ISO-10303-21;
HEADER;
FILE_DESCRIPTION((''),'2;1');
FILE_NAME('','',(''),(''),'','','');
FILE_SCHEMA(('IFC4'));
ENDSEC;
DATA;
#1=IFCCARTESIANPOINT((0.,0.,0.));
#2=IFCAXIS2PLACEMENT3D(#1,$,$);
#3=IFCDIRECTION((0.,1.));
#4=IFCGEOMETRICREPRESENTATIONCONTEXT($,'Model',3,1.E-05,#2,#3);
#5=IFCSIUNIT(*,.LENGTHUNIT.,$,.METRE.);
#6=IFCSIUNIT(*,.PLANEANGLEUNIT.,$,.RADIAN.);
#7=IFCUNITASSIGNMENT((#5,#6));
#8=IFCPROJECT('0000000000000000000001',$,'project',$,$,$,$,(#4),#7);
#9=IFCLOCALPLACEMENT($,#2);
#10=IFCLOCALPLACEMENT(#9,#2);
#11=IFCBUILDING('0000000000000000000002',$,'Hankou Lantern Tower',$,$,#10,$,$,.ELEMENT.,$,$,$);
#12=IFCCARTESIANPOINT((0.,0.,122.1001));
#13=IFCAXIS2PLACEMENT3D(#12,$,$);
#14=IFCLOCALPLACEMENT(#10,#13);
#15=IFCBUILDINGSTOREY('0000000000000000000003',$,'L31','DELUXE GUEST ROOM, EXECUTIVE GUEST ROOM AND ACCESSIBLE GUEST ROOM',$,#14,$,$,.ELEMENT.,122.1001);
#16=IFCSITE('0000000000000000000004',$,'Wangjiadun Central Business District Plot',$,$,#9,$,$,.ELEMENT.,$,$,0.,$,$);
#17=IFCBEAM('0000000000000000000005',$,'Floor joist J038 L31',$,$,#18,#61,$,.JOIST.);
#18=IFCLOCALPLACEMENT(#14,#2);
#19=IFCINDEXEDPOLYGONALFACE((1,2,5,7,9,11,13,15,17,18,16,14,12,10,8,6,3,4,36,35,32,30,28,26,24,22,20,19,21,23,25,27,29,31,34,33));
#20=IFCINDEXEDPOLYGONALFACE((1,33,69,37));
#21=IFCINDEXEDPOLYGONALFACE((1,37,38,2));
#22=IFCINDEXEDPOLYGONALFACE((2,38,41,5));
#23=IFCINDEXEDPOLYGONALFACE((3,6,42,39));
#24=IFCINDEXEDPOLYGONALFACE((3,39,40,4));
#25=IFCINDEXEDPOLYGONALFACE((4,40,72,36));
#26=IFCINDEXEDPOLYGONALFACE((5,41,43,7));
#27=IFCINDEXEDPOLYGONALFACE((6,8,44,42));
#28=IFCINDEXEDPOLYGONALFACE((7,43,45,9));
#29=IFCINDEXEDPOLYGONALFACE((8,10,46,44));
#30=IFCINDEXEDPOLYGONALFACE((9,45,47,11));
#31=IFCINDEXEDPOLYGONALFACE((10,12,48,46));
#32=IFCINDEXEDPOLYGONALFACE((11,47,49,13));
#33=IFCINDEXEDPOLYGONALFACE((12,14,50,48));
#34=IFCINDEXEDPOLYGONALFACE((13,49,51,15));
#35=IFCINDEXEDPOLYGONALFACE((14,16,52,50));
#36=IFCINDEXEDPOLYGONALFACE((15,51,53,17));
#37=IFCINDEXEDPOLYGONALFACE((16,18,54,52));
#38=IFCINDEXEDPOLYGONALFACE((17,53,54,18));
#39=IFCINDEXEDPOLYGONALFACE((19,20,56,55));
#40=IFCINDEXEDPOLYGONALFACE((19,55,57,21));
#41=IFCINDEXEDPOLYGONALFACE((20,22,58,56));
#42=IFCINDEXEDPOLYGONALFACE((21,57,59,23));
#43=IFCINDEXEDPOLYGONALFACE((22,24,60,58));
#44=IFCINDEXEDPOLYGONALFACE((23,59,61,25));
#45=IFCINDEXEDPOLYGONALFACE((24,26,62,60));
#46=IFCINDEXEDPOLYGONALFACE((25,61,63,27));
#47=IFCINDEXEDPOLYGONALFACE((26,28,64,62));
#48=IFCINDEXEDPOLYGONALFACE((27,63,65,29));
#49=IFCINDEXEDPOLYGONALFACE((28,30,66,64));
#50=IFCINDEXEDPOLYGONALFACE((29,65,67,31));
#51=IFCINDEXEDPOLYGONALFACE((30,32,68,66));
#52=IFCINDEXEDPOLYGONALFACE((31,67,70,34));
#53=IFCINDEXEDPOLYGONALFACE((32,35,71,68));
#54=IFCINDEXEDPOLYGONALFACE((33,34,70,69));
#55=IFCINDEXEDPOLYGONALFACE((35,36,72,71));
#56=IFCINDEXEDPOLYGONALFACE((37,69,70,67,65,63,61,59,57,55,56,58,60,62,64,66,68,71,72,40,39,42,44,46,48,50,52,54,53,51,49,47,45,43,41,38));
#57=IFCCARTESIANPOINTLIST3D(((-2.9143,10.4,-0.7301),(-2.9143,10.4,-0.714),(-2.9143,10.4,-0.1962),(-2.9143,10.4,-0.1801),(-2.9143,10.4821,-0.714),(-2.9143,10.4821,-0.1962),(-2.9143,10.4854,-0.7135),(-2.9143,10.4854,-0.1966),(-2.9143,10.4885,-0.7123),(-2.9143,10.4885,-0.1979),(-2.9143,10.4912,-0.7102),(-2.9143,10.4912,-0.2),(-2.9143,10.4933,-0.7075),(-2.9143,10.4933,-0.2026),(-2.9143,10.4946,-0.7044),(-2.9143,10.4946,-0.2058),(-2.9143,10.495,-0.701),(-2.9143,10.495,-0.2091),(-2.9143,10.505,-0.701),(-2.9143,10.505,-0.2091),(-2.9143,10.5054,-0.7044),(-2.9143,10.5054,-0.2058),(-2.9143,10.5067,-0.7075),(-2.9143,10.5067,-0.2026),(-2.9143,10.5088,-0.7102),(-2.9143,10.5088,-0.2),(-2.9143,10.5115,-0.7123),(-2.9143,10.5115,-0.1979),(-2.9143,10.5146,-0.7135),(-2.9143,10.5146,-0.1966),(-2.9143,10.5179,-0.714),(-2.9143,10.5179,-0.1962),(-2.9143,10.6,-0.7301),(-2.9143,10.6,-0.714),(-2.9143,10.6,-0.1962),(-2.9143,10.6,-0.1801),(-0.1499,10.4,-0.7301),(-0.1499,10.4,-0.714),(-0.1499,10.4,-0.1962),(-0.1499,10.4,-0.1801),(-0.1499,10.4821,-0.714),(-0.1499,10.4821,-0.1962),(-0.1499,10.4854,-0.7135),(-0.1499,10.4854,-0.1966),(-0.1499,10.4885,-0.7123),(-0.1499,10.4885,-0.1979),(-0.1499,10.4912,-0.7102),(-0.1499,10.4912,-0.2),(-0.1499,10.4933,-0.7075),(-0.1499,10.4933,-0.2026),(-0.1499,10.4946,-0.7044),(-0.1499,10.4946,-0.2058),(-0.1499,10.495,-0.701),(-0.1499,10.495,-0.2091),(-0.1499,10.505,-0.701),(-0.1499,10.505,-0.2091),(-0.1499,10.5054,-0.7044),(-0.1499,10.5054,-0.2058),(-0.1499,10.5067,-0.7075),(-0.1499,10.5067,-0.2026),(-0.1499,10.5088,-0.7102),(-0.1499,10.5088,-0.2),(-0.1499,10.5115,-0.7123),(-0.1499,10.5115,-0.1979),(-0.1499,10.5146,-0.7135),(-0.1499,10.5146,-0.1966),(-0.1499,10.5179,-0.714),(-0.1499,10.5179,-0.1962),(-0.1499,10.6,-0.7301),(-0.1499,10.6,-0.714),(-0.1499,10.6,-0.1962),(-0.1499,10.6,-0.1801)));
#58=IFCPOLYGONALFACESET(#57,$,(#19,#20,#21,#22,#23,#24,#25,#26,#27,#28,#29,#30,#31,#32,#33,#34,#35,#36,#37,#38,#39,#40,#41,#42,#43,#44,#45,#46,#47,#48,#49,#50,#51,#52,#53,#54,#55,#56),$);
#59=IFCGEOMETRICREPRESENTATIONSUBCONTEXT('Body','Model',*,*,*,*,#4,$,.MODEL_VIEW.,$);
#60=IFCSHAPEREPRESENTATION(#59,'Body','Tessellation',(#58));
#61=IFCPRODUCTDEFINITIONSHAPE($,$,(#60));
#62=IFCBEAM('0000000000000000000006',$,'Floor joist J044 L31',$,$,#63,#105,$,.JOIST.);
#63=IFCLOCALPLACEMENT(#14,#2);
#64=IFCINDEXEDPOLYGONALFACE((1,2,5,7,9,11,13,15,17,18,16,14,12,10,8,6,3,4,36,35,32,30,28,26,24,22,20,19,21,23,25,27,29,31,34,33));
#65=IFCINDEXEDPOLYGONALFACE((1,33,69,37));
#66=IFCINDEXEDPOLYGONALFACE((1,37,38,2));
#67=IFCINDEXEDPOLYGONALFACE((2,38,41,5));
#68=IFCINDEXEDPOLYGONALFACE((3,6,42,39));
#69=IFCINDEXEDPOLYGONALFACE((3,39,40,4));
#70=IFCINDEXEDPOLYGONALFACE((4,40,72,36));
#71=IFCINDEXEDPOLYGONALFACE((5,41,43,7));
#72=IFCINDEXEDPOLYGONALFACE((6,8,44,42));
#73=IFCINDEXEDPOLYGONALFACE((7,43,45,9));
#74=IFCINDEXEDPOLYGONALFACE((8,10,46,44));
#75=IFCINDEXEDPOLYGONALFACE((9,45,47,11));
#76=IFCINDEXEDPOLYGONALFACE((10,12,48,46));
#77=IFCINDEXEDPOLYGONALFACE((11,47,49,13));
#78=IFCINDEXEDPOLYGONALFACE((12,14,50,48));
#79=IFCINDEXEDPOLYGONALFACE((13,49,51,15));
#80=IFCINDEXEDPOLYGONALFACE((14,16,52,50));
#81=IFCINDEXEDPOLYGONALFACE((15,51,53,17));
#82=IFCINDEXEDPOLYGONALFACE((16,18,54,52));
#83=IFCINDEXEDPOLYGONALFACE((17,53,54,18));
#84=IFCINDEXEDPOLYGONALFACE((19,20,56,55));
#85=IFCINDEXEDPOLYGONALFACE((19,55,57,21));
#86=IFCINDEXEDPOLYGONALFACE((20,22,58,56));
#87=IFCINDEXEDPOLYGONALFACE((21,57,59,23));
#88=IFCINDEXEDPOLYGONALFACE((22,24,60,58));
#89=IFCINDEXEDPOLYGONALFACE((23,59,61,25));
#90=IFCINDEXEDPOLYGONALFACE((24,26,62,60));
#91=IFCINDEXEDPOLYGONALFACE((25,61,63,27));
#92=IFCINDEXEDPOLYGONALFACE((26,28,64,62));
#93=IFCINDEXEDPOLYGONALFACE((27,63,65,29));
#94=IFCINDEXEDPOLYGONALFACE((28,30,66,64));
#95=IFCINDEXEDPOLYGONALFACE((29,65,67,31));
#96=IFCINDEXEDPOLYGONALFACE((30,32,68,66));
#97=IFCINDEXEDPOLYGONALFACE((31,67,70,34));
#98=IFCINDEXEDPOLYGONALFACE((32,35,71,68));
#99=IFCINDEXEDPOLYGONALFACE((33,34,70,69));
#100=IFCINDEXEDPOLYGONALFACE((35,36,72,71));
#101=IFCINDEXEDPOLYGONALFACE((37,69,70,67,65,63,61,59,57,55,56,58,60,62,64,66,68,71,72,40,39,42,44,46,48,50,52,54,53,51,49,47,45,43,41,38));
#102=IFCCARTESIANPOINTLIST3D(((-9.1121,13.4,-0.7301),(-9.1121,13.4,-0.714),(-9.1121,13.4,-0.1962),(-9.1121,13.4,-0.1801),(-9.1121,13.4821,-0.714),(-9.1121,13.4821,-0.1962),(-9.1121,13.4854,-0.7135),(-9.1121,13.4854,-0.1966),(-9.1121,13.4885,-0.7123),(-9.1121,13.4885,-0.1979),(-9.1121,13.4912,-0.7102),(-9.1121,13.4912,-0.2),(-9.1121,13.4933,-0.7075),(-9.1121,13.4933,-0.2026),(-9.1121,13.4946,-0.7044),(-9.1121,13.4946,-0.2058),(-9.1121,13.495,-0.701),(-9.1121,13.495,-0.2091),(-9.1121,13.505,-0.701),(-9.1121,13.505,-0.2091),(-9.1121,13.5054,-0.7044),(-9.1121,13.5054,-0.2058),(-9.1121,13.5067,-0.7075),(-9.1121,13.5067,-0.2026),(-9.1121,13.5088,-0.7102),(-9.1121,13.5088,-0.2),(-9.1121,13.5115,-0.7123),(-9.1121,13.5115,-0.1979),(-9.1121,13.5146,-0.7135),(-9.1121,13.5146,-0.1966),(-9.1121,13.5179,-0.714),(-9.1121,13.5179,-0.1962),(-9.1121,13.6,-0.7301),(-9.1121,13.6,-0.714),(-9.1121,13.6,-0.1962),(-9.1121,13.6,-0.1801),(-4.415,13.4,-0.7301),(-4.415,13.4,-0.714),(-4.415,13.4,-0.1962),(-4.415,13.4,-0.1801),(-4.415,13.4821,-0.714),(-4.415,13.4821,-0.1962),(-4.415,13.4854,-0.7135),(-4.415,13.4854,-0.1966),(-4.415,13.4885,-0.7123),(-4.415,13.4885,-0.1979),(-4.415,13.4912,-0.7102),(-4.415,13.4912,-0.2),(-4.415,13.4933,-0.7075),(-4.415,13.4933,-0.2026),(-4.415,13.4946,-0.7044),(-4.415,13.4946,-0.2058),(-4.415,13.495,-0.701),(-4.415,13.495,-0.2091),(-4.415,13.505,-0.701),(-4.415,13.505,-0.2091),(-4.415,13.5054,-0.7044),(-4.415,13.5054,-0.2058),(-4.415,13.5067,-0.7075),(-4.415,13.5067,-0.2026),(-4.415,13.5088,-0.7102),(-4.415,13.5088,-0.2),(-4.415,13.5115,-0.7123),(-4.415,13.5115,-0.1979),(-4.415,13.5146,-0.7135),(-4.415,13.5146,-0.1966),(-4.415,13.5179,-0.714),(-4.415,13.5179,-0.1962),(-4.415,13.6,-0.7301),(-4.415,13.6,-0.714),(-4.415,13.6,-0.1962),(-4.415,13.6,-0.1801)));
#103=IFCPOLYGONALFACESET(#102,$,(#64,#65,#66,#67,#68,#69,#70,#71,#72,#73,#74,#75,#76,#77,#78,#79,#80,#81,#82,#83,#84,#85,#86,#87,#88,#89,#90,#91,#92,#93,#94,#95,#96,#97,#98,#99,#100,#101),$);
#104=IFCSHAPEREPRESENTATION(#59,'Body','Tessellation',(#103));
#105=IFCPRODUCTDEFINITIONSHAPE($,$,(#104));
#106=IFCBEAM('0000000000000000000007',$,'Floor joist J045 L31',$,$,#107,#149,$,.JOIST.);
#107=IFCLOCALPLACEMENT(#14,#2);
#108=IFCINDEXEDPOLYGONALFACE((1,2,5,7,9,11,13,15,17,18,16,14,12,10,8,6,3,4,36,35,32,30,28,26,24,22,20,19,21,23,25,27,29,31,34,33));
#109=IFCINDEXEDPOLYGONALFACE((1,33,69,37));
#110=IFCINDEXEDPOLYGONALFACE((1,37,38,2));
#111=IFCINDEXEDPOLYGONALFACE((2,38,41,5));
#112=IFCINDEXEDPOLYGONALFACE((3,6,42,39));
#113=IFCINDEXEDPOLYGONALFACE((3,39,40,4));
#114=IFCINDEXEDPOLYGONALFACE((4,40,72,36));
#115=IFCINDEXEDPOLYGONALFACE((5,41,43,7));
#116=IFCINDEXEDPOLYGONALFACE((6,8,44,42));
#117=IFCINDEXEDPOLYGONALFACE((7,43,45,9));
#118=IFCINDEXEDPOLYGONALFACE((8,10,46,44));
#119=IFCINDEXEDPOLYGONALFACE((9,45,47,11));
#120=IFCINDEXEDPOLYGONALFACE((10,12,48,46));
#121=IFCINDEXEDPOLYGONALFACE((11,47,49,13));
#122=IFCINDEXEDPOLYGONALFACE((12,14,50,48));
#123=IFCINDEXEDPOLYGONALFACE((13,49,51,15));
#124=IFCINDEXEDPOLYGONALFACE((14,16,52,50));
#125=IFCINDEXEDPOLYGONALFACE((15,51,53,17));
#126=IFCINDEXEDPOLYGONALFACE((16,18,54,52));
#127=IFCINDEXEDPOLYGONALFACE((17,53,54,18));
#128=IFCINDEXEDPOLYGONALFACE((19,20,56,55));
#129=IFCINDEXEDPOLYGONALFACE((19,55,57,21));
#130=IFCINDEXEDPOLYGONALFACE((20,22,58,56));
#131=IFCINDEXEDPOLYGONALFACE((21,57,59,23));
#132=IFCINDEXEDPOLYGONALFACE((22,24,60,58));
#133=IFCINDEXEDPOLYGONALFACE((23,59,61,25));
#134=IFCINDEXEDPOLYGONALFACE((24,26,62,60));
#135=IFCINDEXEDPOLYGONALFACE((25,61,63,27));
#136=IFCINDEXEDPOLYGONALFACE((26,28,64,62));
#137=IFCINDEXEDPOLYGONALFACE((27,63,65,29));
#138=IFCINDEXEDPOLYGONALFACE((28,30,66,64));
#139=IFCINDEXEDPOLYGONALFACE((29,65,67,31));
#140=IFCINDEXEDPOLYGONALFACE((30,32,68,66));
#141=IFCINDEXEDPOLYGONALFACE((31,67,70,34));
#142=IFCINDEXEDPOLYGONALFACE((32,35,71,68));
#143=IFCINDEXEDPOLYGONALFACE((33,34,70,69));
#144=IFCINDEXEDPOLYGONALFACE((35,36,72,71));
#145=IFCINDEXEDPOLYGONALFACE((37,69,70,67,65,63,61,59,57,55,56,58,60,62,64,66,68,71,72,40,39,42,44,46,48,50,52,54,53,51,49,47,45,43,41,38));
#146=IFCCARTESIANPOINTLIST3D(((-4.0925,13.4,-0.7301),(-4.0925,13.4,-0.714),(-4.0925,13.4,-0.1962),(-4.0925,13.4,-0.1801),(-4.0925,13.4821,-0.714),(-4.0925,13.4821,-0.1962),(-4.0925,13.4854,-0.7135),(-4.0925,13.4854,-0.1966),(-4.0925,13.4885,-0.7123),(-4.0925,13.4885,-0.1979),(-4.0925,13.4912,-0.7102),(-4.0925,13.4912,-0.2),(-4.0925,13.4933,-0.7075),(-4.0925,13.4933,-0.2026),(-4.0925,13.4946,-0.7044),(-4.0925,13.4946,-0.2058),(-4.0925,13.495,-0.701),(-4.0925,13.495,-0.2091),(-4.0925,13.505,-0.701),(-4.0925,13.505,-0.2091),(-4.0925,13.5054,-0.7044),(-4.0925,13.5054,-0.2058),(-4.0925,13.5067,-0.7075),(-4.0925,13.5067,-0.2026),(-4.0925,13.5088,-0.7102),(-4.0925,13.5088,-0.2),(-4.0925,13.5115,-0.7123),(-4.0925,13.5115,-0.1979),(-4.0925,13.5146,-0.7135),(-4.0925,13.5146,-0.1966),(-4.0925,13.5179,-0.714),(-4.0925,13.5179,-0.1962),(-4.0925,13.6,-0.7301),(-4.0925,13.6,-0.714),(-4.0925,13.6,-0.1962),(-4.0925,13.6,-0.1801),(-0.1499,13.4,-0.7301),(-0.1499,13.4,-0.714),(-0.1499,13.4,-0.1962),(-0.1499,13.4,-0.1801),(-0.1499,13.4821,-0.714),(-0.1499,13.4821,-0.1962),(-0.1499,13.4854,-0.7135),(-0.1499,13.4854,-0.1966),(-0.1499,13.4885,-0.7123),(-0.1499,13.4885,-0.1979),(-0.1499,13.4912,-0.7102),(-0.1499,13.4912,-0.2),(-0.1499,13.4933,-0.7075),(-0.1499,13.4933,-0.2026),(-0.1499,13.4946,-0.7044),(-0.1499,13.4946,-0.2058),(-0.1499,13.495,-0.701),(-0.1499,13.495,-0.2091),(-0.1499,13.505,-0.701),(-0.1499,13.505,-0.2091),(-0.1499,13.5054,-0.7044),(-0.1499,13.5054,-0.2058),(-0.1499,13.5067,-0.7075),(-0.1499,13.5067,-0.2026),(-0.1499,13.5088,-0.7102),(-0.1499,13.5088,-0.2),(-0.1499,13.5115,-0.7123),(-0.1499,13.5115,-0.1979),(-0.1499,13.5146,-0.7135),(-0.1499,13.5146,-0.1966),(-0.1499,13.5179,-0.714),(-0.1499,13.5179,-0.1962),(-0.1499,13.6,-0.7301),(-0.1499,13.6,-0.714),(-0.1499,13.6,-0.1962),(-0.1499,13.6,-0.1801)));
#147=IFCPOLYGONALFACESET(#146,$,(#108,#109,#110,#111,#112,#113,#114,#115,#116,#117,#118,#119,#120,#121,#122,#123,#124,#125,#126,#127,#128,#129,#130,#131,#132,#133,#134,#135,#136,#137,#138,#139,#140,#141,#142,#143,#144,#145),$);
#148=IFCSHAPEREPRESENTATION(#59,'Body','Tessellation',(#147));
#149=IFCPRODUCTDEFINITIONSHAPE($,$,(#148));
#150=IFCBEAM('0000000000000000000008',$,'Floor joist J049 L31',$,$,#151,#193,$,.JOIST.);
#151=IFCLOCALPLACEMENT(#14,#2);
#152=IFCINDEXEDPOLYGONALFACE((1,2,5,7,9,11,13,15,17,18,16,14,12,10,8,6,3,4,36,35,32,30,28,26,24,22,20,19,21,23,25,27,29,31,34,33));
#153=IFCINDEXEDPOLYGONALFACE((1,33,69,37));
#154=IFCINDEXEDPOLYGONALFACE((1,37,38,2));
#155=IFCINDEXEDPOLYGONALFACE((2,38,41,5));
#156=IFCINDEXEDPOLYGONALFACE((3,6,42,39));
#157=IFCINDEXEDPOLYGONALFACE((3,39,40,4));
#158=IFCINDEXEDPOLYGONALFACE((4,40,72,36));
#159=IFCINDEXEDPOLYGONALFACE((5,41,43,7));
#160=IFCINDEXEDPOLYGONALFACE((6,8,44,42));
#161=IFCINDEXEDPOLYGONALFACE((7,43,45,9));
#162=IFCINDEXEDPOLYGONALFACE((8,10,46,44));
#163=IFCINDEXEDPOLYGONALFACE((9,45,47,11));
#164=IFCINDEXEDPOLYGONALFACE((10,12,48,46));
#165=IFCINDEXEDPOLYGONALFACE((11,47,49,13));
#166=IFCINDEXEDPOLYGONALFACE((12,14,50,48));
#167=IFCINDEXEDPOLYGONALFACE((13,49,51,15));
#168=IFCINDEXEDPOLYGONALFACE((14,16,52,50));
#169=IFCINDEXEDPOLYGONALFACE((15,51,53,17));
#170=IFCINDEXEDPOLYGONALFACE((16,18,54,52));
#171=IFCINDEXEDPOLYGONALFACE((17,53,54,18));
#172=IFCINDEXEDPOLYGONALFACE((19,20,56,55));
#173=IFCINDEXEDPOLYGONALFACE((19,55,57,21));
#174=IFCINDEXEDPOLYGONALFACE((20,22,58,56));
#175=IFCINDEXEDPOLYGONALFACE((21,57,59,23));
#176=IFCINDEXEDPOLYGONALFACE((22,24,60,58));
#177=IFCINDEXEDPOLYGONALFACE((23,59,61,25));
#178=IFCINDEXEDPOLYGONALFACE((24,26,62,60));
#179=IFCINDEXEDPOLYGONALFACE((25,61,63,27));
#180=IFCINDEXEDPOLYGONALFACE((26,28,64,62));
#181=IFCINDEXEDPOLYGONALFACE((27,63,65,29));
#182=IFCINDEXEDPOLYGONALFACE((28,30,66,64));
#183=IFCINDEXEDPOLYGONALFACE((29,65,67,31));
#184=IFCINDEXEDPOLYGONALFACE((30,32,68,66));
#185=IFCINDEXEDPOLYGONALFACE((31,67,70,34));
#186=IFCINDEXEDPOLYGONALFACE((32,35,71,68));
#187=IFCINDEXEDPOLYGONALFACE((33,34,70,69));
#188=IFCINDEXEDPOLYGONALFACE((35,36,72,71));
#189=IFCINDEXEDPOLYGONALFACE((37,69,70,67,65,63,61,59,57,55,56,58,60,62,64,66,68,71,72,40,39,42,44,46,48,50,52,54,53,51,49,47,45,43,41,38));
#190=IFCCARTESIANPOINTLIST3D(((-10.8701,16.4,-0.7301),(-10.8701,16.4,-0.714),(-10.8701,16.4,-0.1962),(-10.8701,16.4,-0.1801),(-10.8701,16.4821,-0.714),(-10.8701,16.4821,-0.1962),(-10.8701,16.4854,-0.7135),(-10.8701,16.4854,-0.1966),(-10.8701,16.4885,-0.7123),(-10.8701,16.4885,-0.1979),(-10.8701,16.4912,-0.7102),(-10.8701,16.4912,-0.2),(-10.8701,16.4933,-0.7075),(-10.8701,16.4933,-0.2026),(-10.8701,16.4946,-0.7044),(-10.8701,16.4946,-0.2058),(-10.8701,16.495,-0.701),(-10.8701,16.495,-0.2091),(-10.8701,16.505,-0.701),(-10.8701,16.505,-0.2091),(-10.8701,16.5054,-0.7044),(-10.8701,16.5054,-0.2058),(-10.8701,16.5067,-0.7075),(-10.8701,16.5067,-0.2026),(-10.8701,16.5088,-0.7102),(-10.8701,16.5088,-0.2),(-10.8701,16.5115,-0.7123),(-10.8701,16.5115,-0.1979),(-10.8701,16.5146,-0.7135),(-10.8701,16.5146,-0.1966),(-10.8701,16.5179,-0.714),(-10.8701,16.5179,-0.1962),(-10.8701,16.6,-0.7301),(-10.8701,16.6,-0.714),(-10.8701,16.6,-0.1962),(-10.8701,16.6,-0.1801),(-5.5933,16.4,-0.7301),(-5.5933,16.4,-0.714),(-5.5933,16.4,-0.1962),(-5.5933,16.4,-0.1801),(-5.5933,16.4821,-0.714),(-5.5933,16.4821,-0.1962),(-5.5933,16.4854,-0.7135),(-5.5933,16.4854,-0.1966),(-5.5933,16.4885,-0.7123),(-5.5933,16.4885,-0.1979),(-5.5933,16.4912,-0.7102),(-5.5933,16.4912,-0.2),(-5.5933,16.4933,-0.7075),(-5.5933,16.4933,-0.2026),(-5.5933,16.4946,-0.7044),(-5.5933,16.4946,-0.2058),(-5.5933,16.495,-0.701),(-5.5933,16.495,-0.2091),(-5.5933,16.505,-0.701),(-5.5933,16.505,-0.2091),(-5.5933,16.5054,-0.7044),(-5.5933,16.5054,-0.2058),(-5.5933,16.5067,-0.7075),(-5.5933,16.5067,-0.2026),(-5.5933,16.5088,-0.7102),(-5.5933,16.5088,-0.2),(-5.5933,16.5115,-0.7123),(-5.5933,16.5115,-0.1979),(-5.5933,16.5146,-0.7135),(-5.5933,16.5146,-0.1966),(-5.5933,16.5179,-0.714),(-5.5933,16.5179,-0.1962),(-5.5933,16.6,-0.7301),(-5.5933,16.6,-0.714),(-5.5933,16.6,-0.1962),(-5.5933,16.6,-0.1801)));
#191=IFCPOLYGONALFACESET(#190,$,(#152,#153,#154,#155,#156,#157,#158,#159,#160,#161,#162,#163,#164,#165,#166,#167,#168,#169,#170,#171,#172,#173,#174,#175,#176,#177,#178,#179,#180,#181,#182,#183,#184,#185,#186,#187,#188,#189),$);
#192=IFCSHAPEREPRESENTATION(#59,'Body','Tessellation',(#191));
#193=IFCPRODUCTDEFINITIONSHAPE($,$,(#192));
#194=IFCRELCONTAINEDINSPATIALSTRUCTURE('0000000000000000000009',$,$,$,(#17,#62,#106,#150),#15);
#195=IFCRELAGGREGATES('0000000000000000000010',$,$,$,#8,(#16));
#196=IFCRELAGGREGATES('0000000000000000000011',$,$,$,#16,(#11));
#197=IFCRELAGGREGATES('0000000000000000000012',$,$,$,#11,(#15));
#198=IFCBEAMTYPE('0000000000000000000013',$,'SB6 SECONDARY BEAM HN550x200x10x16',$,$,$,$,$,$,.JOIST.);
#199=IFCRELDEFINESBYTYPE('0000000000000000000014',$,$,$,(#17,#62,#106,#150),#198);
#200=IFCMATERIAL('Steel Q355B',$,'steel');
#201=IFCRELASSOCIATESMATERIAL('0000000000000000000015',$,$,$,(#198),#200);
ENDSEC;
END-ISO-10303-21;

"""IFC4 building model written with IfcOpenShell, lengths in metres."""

from ifc_helpers import new_model, si_unit, direction, frame, origin, origin_2d, place, context, subcontext, project, spatial, i_section, extrude, material, material_profile, profile_set, type_object, element, save


model = new_model("IFC4")

# Units and contexts
model_context = context("Model", 3, precision=1e-05, world=origin(), true_north=direction((0.0, 1.0)))
body_context = subcontext(model_context, "Body", "Model", "MODEL_VIEW")
ifc_project = project(units=[si_unit("LENGTHUNIT", "METRE"), si_unit("PLANEANGLEUNIT", "RADIAN")], contexts=[model_context])

# Site, building, storey
site_placement = place(None, origin())
site = spatial("IfcSite", under=ifc_project, at=site_placement, Name="Wangjiadun Central Business District Plot", CompositionType="ELEMENT", RefElevation=0.0)
building_placement = place(site_placement, origin())
building = spatial("IfcBuilding", under=site, at=building_placement, Name="Hankou Lantern Tower", CompositionType="ELEMENT")
storey_placement = place(building_placement, frame((0.0, 0.0, 122.1001)))
storey = spatial("IfcBuildingStorey", under=building, at=storey_placement, Name="L31", Description="DELUXE GUEST ROOM, EXECUTIVE GUEST ROOM AND ACCESSIBLE GUEST ROOM", CompositionType="ELEMENT", Elevation=122.1001)

# Beams
ifc_material_1 = material(Name="Steel Q355B", Category="steel")
ifc_material_profile_1 = material_profile(ifc_material_1, i_section(OverallWidth=0.2, OverallDepth=0.55, WebThickness=0.01, FlangeThickness=0.0161, FilletRadius=0.0129, at=origin_2d()), Name="HN550x200x10x16")
ifc_profile_set_1 = profile_set([ifc_material_profile_1], Name="Steel Q355B")
beam_type_1 = type_object("IfcBeamType", Name="SB6 SECONDARY BEAM HN550x200x10x16", PredefinedType="JOIST", material=ifc_profile_set_1)
beam_1_placement = place(storey_placement, frame((-2.9143, 10.5, -0.4551), z_axis=(1.0, 0.0, 0.0), x_axis=(0.0, 1.0, 0.0)))
element("IfcBeam", 1, at=beam_1_placement, inside=storey, type_object=beam_type_1, Name="Floor joist J038 L31", PredefinedType="JOIST", context=body_context, shape_type="SweptSolid", body=[
    extrude(i_section(OverallWidth=0.2, OverallDepth=0.55, WebThickness=0.01, FlangeThickness=0.0161, FilletRadius=0.0129, at=origin_2d()), origin(), (0.0, 0.0, 1.0), 2.7644),
])
beam_2_placement = place(storey_placement, frame((-9.1121, 13.5, -0.4551), z_axis=(1.0, 0.0, 0.0), x_axis=(0.0, 1.0, 0.0)))
element("IfcBeam", 2, at=beam_2_placement, inside=storey, type_object=beam_type_1, Name="Floor joist J044 L31", PredefinedType="JOIST", context=body_context, shape_type="SweptSolid", body=[
    extrude(i_section(OverallWidth=0.2, OverallDepth=0.55, WebThickness=0.01, FlangeThickness=0.0161, FilletRadius=0.0129, at=origin_2d()), origin(), (0.0, 0.0, 1.0), 4.697),
])
beam_3_placement = place(storey_placement, frame((-4.0925, 13.5, -0.4551), z_axis=(1.0, 0.0, 0.0), x_axis=(0.0, 1.0, 0.0)))
element("IfcBeam", 3, at=beam_3_placement, inside=storey, type_object=beam_type_1, Name="Floor joist J045 L31", PredefinedType="JOIST", context=body_context, shape_type="SweptSolid", body=[
    extrude(i_section(OverallWidth=0.2, OverallDepth=0.55, WebThickness=0.01, FlangeThickness=0.0161, FilletRadius=0.0129, at=origin_2d()), origin(), (0.0, 0.0, 1.0), 3.9426),
])
beam_4_placement = place(storey_placement, frame((-10.8701, 16.5, -0.4551), z_axis=(1.0, 0.0, 0.0), x_axis=(0.0, 1.0, 0.0)))
element("IfcBeam", 4, at=beam_4_placement, inside=storey, type_object=beam_type_1, Name="Floor joist J049 L31", PredefinedType="JOIST", context=body_context, shape_type="SweptSolid", body=[
    extrude(i_section(OverallWidth=0.2, OverallDepth=0.55, WebThickness=0.01, FlangeThickness=0.0161, FilletRadius=0.0129, at=origin_2d()), origin(), (0.0, 0.0, 1.0), 5.2769),
])

save(model, "model.ifc")
